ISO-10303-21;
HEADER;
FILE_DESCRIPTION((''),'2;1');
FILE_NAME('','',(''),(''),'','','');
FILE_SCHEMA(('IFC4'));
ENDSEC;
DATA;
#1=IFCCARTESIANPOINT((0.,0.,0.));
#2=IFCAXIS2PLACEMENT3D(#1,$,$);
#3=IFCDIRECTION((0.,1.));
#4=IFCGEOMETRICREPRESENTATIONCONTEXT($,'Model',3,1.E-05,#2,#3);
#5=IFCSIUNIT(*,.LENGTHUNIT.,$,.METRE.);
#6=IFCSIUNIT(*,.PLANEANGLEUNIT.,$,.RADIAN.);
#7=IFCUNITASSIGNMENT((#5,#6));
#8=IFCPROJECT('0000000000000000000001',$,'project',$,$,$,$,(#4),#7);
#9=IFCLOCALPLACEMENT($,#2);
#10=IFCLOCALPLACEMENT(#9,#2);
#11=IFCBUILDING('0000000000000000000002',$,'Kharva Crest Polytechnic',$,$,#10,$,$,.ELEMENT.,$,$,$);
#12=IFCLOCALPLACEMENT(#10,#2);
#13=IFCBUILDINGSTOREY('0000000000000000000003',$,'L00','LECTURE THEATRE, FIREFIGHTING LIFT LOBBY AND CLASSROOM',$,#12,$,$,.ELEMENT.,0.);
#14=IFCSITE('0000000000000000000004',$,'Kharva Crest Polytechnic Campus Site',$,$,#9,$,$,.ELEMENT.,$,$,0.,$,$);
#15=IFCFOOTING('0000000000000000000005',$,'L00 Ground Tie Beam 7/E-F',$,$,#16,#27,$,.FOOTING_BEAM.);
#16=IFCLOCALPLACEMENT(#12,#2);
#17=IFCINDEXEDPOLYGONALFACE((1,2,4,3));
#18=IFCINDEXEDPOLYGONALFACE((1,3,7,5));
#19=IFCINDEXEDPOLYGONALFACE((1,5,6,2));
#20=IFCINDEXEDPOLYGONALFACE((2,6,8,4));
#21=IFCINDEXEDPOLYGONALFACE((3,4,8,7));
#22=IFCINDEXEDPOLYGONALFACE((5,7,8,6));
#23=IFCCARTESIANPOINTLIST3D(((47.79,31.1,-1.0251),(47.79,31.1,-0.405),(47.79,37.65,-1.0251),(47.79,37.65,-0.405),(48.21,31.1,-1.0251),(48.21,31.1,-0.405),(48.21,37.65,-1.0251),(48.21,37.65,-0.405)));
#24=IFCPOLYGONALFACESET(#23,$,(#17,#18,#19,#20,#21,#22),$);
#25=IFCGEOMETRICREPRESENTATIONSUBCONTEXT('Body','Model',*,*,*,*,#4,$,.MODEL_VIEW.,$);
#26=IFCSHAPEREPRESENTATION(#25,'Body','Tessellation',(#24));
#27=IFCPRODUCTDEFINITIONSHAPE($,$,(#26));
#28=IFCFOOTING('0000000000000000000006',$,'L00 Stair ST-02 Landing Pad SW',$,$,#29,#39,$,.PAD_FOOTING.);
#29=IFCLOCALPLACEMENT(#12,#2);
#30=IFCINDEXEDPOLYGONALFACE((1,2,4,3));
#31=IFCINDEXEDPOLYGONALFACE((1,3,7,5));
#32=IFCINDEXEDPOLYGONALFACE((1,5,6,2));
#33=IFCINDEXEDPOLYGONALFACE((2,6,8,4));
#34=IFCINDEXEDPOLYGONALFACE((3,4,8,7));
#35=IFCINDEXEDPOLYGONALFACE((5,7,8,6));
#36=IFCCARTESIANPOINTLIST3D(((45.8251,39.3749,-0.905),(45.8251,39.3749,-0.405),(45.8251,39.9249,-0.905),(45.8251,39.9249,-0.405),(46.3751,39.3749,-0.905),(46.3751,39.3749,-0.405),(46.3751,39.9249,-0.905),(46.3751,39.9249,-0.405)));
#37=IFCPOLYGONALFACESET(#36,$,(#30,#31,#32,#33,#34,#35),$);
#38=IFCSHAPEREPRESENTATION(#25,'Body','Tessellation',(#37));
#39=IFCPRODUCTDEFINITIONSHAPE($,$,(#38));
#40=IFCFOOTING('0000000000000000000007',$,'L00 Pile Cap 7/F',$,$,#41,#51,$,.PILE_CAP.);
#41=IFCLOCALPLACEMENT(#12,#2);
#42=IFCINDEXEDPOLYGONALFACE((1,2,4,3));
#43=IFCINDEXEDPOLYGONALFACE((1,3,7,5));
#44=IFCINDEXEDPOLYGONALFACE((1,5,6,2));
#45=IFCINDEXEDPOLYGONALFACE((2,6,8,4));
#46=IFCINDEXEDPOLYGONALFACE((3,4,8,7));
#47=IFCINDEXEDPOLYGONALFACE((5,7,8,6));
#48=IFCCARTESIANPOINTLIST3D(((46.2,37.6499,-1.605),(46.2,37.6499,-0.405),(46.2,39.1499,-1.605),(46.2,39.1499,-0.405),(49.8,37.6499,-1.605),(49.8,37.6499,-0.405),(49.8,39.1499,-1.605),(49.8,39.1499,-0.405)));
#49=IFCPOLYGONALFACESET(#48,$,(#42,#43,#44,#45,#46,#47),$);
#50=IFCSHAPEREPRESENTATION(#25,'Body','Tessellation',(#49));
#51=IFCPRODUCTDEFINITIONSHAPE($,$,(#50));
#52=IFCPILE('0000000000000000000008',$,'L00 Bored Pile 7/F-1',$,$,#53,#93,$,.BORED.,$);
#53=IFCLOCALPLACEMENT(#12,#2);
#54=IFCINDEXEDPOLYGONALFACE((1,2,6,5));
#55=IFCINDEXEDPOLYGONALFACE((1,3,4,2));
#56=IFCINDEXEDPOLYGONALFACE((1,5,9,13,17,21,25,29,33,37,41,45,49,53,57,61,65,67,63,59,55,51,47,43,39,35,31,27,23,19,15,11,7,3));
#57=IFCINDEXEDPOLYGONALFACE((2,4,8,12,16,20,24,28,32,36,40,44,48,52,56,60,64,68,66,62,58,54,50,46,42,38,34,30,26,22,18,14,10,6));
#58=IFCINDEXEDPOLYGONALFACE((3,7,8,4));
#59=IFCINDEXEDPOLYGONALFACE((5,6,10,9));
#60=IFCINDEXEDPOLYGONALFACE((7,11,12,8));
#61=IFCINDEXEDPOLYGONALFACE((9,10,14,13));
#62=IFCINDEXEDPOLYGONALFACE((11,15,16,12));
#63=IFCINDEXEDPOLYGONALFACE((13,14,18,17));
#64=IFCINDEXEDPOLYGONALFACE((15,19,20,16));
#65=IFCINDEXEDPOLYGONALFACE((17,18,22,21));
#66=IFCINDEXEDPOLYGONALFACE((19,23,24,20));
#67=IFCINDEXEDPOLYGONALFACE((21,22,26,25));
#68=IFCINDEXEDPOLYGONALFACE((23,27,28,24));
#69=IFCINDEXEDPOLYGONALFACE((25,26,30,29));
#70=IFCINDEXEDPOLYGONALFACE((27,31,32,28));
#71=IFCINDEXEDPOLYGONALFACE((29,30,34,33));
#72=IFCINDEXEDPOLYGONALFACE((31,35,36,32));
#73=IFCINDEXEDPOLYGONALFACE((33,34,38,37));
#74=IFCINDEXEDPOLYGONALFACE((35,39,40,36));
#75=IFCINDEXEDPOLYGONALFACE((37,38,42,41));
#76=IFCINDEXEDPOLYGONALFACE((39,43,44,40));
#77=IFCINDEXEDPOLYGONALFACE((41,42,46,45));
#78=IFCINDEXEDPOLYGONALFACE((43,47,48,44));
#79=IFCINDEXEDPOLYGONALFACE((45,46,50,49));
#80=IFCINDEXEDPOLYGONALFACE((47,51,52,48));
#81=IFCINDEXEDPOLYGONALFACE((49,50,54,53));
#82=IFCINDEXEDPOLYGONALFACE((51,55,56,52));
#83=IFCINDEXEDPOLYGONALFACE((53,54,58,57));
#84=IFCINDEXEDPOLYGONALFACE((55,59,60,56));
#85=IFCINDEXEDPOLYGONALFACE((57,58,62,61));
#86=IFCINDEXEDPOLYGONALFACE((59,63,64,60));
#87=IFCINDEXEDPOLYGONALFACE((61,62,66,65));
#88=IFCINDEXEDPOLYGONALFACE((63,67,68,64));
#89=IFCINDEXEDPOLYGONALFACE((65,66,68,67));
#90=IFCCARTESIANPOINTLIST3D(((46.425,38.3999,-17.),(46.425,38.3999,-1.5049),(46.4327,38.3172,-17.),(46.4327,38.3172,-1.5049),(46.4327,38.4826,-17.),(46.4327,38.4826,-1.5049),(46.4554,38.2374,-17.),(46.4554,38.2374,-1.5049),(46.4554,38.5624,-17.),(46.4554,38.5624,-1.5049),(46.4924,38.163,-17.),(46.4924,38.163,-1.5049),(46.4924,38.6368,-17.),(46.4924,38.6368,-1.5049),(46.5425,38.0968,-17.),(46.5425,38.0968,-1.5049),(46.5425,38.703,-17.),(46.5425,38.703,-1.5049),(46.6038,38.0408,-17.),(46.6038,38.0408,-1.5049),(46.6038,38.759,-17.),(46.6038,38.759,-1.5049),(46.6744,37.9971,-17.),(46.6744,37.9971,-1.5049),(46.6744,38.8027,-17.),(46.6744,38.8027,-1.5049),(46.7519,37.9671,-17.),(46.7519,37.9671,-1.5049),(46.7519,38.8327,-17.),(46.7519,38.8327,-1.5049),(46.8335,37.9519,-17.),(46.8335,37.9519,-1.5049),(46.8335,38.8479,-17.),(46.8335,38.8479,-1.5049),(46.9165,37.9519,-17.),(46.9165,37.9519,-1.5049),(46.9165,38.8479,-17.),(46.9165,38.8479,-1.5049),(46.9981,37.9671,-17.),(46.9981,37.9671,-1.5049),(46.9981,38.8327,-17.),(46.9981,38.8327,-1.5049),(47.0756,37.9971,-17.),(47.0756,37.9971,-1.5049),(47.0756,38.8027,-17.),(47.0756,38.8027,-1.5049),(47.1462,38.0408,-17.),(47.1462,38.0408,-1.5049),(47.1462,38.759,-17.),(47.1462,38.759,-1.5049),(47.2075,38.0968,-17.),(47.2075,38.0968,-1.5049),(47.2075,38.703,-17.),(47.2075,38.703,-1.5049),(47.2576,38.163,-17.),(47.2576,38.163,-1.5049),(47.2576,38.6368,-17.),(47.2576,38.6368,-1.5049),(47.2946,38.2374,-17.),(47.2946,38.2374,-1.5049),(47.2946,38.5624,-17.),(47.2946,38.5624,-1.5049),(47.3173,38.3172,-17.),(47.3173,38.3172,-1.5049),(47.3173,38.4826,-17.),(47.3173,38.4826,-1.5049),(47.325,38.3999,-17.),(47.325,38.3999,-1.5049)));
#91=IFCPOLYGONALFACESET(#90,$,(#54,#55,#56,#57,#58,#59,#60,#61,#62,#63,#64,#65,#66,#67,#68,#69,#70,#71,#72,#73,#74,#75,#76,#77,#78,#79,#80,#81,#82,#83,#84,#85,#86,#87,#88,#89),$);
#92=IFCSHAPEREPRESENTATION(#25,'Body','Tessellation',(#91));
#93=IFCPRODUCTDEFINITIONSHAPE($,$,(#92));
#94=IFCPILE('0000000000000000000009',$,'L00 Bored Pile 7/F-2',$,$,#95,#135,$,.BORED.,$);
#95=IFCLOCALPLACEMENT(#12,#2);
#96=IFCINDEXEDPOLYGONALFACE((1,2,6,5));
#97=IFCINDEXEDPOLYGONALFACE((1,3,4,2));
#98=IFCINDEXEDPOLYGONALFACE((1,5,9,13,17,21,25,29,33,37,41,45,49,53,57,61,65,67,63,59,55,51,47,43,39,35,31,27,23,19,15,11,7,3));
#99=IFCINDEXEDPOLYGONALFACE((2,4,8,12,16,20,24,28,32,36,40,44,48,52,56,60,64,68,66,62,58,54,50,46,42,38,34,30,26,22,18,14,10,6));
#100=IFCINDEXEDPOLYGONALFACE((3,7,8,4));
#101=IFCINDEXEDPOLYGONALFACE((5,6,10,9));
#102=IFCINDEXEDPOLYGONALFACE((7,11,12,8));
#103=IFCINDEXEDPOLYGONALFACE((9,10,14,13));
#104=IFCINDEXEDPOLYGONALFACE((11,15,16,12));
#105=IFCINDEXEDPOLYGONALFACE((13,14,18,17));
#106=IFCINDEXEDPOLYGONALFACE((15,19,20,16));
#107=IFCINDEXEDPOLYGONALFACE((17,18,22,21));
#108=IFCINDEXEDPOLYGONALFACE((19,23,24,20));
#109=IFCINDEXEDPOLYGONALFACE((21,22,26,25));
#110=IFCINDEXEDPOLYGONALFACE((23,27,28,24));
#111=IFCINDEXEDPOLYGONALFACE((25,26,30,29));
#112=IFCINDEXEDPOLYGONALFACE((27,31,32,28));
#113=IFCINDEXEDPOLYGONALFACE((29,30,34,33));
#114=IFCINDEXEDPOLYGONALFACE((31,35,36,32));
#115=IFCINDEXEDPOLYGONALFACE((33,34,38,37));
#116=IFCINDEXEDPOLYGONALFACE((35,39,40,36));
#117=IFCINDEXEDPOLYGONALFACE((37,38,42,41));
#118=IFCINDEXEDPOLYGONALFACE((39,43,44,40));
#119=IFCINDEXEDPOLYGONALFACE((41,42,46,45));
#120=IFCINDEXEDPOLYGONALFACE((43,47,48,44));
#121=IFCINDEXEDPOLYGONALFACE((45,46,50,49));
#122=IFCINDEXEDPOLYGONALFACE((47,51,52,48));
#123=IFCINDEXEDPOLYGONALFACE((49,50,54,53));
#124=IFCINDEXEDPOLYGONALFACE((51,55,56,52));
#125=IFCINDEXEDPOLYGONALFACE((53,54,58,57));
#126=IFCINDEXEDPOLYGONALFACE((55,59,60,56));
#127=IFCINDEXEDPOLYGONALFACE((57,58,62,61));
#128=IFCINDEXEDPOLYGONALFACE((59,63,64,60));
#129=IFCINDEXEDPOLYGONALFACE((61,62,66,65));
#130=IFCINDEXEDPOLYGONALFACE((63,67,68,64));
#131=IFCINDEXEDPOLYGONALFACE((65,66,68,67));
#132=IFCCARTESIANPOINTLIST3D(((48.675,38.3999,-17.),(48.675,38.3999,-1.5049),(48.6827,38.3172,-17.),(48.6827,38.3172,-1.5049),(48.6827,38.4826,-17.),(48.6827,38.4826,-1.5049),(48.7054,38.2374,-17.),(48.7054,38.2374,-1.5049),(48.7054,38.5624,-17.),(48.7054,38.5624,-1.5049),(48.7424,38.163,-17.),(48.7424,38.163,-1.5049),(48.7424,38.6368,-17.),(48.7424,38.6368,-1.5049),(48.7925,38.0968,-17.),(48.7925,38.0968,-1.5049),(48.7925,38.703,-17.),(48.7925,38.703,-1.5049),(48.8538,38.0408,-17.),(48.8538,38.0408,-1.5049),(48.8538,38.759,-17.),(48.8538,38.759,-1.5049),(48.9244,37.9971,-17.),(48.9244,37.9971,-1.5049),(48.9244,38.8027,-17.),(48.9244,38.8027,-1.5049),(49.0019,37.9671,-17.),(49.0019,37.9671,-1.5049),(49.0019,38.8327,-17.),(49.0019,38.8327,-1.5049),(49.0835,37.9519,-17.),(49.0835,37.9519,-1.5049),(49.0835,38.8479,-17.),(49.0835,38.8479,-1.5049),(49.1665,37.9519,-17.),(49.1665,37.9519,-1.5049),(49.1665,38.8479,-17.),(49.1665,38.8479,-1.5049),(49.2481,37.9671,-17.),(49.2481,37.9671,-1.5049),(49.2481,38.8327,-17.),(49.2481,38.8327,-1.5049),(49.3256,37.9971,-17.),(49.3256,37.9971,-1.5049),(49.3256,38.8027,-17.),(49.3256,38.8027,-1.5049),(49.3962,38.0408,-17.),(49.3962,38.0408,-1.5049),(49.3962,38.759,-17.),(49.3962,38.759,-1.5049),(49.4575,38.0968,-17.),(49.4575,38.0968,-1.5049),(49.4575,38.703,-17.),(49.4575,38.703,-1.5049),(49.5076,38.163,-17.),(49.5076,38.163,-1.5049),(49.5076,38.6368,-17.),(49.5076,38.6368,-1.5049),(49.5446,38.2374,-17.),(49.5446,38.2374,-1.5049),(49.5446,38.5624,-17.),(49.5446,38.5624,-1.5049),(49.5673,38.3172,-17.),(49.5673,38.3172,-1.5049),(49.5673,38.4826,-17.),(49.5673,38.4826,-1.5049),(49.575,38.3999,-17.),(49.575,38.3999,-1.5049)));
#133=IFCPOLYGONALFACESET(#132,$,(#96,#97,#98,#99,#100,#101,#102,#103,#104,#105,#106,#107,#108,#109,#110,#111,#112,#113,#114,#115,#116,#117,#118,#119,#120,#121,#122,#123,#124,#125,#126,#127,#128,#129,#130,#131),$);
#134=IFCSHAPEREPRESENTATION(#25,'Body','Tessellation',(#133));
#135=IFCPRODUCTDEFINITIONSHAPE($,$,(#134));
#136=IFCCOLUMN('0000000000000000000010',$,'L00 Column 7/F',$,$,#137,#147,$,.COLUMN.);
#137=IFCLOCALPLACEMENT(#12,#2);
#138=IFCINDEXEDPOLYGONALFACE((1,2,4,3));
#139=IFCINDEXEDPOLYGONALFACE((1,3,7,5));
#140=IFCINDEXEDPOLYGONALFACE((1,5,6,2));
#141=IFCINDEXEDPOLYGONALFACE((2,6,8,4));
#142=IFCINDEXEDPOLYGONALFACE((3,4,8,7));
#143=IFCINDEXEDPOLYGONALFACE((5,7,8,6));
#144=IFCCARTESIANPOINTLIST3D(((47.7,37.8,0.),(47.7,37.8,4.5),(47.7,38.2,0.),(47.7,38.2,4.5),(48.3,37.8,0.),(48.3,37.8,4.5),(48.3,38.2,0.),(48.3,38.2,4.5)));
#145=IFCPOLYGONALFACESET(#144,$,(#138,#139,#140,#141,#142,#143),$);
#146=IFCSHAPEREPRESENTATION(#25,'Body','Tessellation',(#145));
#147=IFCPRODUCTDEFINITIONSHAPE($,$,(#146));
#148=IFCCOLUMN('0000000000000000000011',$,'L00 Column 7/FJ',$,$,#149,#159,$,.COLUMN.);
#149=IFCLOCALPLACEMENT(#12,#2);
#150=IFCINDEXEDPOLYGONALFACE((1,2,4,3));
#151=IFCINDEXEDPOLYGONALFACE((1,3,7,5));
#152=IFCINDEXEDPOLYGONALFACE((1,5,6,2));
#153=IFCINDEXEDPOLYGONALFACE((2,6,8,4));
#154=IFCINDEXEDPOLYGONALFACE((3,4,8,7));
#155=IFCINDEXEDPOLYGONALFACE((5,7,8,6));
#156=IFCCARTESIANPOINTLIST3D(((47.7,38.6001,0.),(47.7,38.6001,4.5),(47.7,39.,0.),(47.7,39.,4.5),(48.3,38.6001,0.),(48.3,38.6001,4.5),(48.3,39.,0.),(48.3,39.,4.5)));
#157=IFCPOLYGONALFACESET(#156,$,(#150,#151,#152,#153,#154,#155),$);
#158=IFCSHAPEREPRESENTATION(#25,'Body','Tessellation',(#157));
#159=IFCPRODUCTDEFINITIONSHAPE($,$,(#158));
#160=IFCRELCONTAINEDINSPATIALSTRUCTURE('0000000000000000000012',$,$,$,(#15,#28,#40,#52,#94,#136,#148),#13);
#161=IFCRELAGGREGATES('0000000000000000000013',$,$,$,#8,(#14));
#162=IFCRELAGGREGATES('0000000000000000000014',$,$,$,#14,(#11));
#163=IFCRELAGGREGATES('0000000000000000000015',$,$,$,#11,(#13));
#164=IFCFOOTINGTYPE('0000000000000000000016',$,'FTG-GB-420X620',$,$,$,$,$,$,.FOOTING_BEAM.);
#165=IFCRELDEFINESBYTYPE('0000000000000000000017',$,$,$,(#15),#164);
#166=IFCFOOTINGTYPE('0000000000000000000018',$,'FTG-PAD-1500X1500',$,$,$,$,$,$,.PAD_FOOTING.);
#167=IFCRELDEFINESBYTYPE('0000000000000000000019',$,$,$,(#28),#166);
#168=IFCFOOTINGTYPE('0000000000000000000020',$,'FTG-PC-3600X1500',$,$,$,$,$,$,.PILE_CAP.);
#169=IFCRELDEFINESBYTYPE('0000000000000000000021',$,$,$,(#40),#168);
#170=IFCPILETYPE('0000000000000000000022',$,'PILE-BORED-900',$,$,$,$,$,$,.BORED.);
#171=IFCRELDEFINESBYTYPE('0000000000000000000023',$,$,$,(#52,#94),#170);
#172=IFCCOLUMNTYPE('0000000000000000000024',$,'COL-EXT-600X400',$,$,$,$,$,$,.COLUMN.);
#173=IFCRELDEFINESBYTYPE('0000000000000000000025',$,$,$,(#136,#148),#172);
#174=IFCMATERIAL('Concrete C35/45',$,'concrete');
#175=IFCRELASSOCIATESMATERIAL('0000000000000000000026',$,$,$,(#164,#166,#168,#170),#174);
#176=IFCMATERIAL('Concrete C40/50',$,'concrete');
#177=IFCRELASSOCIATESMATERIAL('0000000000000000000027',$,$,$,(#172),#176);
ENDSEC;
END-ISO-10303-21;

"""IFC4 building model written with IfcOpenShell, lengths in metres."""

from ifc_helpers import new_model, si_unit, direction, frame, origin, origin_2d, place, context, subcontext, project, spatial, rectangle, circle, extrude, material, material_profile, profile_set, type_object, element, save


model = new_model("IFC4")

# Units and contexts
model_context = context("Model", 3, precision=1e-05, world=origin(), true_north=direction((0.0, 1.0)))
body_context = subcontext(model_context, "Body", "Model", "MODEL_VIEW")
ifc_project = project(units=[si_unit("LENGTHUNIT", "METRE"), si_unit("PLANEANGLEUNIT", "RADIAN")], contexts=[model_context])

# Site, building, storey
site_placement = place(None, origin())
site = spatial("IfcSite", under=ifc_project, at=site_placement, Name="Kharva Crest Polytechnic Campus Site", CompositionType="ELEMENT", RefElevation=0.0)
building_placement = place(site_placement, origin())
building = spatial("IfcBuilding", under=site, at=building_placement, Name="Kharva Crest Polytechnic", CompositionType="ELEMENT")
storey_placement = place(building_placement, origin())
storey = spatial("IfcBuildingStorey", under=building, at=storey_placement, Name="L00", Description="LECTURE THEATRE, FIREFIGHTING LIFT LOBBY AND CLASSROOM", CompositionType="ELEMENT", Elevation=0.0)

# Footings
ifc_material_1 = material(Name="Concrete C35/45", Category="concrete")
footing_type_1 = type_object("IfcFootingType", Name="FTG-GB-420X620", PredefinedType="FOOTING_BEAM", material=ifc_material_1)
footing_1_placement = place(storey_placement, frame((48.0, 34.375, -1.0251), z_axis=(0.0, 0.0, 1.0), x_axis=(0.0, 1.0, 0.0)))
element("IfcFooting", 1, at=footing_1_placement, inside=storey, type_object=footing_type_1, Name="L00 Ground Tie Beam 7/E-F", PredefinedType="FOOTING_BEAM", context=body_context, shape_type="SweptSolid", body=[
    extrude(rectangle(XDim=6.55, YDim=0.4199, at=origin_2d()), origin(), (0.0, 0.0, 1.0), 0.6201),
])
footing_type_2 = type_object("IfcFootingType", Name="FTG-PAD-1500X1500", PredefinedType="PAD_FOOTING", material=ifc_material_1)
footing_2_placement = place(storey_placement, frame((46.1001, 39.6499, -0.905), z_axis=(0.0, 0.0, 1.0), x_axis=(1.0, 0.0, 0.0)))
element("IfcFooting", 2, at=footing_2_placement, inside=storey, type_object=footing_type_2, Name="L00 Stair ST-02 Landing Pad SW", PredefinedType="PAD_FOOTING", context=body_context, shape_type="SweptSolid", body=[
    extrude(rectangle(XDim=0.55, YDim=0.55, at=origin_2d()), origin(), (0.0, 0.0, 1.0), 0.5),
])
footing_type_3 = type_object("IfcFootingType", Name="FTG-PC-3600X1500", PredefinedType="PILE_CAP", material=ifc_material_1)
footing_3_placement = place(storey_placement, frame((48.0, 38.3999, -1.605), z_axis=(0.0, 0.0, 1.0), x_axis=(1.0, 0.0, 0.0)))
element("IfcFooting", 3, at=footing_3_placement, inside=storey, type_object=footing_type_3, Name="L00 Pile Cap 7/F", PredefinedType="PILE_CAP", context=body_context, shape_type="SweptSolid", body=[
    extrude(rectangle(XDim=3.6001, YDim=1.5, at=origin_2d()), origin(), (0.0, 0.0, 1.0), 1.2),
])

# Piles
ifc_material_profile_1 = material_profile(ifc_material_1, circle(Radius=0.45, at=origin_2d()), Name="DIA 900")
ifc_profile_set_1 = profile_set([ifc_material_profile_1], Name="Concrete C35/45")
pile_type = type_object("IfcPileType", Name="PILE-BORED-900", PredefinedType="BORED", material=ifc_profile_set_1)
for number, where, z_axis, x_axis, name in (
    (4, (46.875, 38.3999, -1.5049), (0.0, 0.0, -1.0), (1.0, 0.0, 0.0), "L00 Bored Pile 7/F-1"),
    (5, (49.125, 38.3999, -1.5049), (0.0, 0.0, -1.0), (1.0, 0.0, 0.0), "L00 Bored Pile 7/F-2"),
):
    element("IfcPile", number, at=place(storey_placement, frame(where, z_axis=z_axis, x_axis=x_axis)), inside=storey, type_object=pile_type, Name=name, PredefinedType="BORED", context=body_context, shape_type="SweptSolid", body=[
        extrude(circle(Radius=0.45, at=origin_2d()), origin(), (0.0, 0.0, 1.0), 15.4951),
    ])

# Columns
ifc_material_2 = material(Name="Concrete C40/50", Category="concrete")
ifc_material_profile_2 = material_profile(ifc_material_2, rectangle(XDim=0.6001, YDim=0.3999, at=origin_2d()), Name="RECT 600 X 400")
ifc_profile_set_2 = profile_set([ifc_material_profile_2], Name="Concrete C40/50")
column_type_1 = type_object("IfcColumnType", Name="COL-EXT-600X400", PredefinedType="COLUMN", material=ifc_profile_set_2)
for number, where, z_axis, x_axis, name in (
    (6, (48.0, 38.0, 0.0), (0.0, 0.0, 1.0), (1.0, 0.0, 0.0), "L00 Column 7/F"),
    (7, (48.0, 38.8, 0.0), (0.0, 0.0, 1.0), (1.0, 0.0, 0.0), "L00 Column 7/FJ"),
):
    element("IfcColumn", number, at=place(storey_placement, frame(where, z_axis=z_axis, x_axis=x_axis)), inside=storey, type_object=column_type_1, Name=name, PredefinedType="COLUMN", context=body_context, shape_type="SweptSolid", body=[
        extrude(rectangle(XDim=0.6001, YDim=0.3999, at=origin_2d()), origin(), (0.0, 0.0, 1.0), 4.5),
    ])

save(model, "model.ifc")
